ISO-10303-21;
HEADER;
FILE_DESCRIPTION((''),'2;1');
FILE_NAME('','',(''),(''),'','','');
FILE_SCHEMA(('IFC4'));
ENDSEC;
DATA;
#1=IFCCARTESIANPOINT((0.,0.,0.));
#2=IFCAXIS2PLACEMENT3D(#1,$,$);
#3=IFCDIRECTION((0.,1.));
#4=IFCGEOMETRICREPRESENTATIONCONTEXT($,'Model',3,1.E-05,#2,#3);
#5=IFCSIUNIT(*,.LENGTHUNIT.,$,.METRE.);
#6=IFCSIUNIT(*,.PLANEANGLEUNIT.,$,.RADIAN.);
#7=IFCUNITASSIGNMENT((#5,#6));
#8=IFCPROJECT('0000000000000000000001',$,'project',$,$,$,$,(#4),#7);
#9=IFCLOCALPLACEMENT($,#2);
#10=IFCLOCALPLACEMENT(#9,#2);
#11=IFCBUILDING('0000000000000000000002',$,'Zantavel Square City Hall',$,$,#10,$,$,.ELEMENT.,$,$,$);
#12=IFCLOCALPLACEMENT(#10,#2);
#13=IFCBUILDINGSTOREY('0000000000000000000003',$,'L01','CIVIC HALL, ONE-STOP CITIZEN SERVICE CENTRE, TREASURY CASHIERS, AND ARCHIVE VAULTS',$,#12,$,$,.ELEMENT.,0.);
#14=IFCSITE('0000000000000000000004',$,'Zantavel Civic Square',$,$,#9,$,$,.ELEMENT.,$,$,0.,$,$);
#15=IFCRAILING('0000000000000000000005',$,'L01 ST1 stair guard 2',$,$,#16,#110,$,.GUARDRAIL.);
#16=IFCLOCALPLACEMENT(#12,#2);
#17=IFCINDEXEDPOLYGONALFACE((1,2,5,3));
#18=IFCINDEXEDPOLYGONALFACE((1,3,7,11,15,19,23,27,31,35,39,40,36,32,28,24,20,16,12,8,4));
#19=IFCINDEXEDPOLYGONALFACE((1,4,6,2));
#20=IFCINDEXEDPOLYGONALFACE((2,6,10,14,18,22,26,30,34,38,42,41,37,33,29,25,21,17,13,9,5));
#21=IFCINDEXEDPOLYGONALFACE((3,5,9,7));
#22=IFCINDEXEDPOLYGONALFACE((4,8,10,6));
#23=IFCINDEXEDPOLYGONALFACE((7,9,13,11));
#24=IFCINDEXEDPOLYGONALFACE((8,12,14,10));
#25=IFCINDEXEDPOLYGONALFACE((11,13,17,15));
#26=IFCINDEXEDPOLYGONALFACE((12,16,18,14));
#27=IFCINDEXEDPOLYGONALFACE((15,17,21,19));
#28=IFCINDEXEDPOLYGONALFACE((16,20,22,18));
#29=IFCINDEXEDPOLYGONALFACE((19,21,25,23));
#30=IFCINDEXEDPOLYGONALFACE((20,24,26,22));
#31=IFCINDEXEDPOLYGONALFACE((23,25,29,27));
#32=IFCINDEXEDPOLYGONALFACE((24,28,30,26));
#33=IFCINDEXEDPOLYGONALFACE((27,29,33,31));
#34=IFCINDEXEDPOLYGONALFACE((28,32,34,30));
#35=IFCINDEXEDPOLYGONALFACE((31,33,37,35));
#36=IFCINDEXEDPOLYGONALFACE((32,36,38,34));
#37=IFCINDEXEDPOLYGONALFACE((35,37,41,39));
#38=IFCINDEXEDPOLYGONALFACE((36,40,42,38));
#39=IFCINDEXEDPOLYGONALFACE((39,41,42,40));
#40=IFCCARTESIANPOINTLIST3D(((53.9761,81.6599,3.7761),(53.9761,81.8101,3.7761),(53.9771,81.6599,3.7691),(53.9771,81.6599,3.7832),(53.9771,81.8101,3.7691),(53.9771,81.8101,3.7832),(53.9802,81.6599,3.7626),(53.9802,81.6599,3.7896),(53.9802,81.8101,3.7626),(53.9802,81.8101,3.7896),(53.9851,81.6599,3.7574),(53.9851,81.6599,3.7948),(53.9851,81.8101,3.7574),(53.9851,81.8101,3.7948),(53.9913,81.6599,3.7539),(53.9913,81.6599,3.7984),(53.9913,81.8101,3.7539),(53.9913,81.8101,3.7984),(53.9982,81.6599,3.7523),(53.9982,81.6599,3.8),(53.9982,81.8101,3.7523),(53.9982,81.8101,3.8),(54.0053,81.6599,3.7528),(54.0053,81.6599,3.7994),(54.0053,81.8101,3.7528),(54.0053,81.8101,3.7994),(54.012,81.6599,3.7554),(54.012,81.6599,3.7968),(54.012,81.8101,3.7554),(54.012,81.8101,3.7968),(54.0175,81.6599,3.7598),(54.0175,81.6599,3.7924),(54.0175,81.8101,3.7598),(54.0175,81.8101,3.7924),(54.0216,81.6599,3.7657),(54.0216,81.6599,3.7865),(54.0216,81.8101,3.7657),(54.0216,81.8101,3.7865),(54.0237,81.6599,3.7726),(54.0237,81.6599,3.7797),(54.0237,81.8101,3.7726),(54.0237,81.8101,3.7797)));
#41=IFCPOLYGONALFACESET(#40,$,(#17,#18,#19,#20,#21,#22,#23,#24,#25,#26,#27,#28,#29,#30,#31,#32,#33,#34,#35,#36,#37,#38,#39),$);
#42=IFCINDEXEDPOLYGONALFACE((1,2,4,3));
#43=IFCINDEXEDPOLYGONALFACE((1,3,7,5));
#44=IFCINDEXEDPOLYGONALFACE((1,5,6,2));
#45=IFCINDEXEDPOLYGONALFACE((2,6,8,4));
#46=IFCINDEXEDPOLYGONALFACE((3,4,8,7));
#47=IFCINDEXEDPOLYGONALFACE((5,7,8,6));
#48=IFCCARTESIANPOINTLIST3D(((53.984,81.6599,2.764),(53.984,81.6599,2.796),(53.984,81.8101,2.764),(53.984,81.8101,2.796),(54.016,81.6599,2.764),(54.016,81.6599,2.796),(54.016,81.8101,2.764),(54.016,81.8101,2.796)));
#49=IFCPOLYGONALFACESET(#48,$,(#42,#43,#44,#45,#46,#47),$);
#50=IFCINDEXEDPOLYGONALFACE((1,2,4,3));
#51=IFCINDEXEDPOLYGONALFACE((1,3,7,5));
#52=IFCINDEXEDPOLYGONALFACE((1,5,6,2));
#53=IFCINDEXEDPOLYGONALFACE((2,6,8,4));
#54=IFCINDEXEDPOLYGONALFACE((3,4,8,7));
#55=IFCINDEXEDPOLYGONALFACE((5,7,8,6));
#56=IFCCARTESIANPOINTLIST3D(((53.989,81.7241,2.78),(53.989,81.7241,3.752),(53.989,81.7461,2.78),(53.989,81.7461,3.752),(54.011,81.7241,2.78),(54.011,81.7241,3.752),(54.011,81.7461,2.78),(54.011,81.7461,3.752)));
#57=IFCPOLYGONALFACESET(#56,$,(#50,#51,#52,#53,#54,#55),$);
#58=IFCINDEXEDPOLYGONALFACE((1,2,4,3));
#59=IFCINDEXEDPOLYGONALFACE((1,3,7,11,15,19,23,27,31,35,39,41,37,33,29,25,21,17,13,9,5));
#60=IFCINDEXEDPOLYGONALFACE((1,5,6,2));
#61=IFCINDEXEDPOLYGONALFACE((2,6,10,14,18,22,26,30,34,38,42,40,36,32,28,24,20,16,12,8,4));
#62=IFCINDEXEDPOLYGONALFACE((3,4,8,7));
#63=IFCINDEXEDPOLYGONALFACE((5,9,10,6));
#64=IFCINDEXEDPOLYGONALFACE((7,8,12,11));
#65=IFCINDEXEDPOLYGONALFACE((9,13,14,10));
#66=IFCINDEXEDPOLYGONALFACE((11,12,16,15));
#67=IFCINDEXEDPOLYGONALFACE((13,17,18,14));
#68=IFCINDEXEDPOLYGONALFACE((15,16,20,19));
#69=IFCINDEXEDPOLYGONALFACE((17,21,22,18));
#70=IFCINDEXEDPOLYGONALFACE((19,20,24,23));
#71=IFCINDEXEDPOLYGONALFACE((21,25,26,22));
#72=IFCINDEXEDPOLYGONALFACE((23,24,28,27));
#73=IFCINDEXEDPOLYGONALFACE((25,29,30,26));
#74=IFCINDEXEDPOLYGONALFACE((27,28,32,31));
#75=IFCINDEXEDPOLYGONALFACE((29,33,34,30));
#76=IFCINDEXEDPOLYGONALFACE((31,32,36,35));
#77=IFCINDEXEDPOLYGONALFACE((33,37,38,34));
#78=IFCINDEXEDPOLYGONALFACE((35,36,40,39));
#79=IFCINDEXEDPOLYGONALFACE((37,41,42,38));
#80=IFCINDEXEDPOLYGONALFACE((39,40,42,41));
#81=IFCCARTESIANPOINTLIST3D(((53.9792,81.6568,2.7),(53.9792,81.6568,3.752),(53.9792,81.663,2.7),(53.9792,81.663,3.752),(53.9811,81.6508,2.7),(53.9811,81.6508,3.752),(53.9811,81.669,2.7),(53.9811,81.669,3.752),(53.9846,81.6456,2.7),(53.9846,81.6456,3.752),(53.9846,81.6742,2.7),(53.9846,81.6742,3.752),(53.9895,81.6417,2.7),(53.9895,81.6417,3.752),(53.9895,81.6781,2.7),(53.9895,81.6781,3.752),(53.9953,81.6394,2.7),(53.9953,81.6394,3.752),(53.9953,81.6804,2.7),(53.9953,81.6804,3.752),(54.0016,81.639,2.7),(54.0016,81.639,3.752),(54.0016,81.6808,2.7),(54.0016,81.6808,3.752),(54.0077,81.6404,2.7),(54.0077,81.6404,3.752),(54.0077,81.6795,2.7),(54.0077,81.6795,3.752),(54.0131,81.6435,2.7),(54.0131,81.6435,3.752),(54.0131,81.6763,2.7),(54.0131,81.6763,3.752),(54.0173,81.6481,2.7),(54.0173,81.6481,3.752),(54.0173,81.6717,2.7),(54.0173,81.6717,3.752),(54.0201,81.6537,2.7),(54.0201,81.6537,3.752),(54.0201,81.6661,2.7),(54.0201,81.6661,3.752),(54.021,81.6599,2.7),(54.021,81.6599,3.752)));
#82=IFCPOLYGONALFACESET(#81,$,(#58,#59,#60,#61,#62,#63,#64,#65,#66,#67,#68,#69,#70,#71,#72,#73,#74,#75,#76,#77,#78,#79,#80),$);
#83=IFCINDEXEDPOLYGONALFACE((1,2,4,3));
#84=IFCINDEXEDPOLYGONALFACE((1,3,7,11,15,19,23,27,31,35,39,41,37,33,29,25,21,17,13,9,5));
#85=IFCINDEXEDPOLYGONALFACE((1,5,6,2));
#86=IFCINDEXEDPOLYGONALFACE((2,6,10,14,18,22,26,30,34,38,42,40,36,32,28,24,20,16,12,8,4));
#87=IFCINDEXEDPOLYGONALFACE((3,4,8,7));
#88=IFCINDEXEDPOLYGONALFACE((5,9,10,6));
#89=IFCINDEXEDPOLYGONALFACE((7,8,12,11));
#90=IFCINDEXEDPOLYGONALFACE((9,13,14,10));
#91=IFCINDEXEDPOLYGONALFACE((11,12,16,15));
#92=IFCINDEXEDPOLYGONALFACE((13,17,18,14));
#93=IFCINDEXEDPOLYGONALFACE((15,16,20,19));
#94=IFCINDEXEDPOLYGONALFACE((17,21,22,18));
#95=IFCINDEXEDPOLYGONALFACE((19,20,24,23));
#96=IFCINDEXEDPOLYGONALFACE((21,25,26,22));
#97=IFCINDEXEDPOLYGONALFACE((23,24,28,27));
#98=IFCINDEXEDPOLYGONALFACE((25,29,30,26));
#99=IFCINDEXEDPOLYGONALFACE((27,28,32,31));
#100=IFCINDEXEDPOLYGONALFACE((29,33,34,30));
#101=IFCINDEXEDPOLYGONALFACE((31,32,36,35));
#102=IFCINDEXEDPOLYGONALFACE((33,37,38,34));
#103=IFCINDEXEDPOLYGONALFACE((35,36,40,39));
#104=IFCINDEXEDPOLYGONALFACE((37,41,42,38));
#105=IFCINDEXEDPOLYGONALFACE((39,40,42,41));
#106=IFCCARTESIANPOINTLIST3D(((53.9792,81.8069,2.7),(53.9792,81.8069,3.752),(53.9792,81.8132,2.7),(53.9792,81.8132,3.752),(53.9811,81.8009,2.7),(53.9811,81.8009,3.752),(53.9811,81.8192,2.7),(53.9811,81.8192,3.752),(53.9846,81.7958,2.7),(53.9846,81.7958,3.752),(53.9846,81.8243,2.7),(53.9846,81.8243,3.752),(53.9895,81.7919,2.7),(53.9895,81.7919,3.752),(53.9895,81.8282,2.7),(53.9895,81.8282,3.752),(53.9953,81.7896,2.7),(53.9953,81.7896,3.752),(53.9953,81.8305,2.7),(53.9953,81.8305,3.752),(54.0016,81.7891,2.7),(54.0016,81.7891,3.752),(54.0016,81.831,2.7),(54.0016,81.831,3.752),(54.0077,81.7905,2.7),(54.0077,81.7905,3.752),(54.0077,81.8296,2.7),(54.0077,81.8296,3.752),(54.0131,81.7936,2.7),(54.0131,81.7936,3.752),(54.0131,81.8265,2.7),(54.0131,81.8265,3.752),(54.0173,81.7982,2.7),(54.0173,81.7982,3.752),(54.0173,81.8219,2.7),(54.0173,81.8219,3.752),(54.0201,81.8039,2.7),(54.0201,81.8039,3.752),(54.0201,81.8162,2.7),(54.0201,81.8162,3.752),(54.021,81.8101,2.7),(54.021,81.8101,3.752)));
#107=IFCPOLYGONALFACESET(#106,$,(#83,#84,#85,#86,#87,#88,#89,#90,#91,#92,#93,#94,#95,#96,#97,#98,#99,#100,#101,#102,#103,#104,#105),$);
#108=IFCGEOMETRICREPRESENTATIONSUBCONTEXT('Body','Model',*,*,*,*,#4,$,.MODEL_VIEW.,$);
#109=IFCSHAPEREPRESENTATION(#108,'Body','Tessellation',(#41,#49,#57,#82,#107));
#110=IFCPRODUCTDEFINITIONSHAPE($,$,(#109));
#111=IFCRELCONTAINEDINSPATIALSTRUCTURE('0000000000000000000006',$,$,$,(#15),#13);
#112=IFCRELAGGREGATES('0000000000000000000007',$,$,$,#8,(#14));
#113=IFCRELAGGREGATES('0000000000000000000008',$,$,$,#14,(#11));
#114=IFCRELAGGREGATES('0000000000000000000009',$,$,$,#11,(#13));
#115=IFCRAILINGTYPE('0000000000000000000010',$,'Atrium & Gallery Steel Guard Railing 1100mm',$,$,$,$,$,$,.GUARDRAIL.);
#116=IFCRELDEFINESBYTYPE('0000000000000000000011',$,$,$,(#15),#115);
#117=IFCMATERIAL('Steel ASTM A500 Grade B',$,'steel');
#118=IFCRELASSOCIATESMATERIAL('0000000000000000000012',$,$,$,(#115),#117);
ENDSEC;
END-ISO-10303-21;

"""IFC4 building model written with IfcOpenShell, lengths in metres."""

from ifc_helpers import new_model, si_unit, direction, frame, origin, origin_2d, place, context, subcontext, project, spatial, rectangle, circle, extrude, material, type_object, element, save


model = new_model("IFC4")

# Units and contexts
model_context = context("Model", 3, precision=1e-05, world=origin(), true_north=direction((0.0, 1.0)))
body_context = subcontext(model_context, "Body", "Model", "MODEL_VIEW")
ifc_project = project(units=[si_unit("LENGTHUNIT", "METRE"), si_unit("PLANEANGLEUNIT", "RADIAN")], contexts=[model_context])

# Site, building, storey
site_placement = place(None, origin())
site = spatial("IfcSite", under=ifc_project, at=site_placement, Name="Zantavel Civic Square", CompositionType="ELEMENT", RefElevation=0.0)
building_placement = place(site_placement, origin())
building = spatial("IfcBuilding", under=site, at=building_placement, Name="Zantavel Square City Hall", CompositionType="ELEMENT")
storey_placement = place(building_placement, origin())
storey = spatial("IfcBuildingStorey", under=building, at=storey_placement, Name="L01", Description="CIVIC HALL, ONE-STOP CITIZEN SERVICE CENTRE, TREASURY CASHIERS, AND ARCHIVE VAULTS", CompositionType="ELEMENT", Elevation=0.0)

# Shared definitions
ifc_material_1 = material(Name="Steel ASTM A500 Grade B", Category="steel")

# Railing
railing_type_1 = type_object("IfcRailingType", Name="Atrium & Gallery Steel Guard Railing 1100mm", PredefinedType="GUARDRAIL", material=ifc_material_1)
railing_1_placement = place(storey_placement, frame((54.0, 81.6599, 2.7)))
element("IfcRailing", 1, at=railing_1_placement, inside=storey, type_object=railing_type_1, Name="L01 ST1 stair guard 2", PredefinedType="GUARDRAIL", context=body_context, shape_type="SweptSolid", body=[
    extrude(circle(Radius=0.0239, at=origin_2d()), frame((0.0, 0.0, 1.0762), z_axis=(0.0, 1.0, 0.0), x_axis=(-1.0, 0.0, 0.0)), (0.0, 0.0, 1.0), 0.1501),
    extrude(rectangle(XDim=0.032, YDim=0.032, at=origin_2d()), frame((0.0, 0.0, 0.0801), z_axis=(0.0, 1.0, 0.0), x_axis=(-1.0, 0.0, 0.0)), (0.0, 0.0, 1.0), 0.1501),
    extrude(rectangle(XDim=0.022, YDim=0.022, at=origin_2d()), frame((0.0, 0.0752, 0.0801)), (0.0, 0.0, 1.0), 0.9719),
    extrude(circle(Radius=0.021, at=origin_2d()), origin(), (0.0, 0.0, 1.0), 1.052),
    extrude(circle(Radius=0.021, at=origin_2d()), frame((0.0, 0.1501, 0.0)), (0.0, 0.0, 1.0), 1.052),
])

save(model, "model.ifc")
